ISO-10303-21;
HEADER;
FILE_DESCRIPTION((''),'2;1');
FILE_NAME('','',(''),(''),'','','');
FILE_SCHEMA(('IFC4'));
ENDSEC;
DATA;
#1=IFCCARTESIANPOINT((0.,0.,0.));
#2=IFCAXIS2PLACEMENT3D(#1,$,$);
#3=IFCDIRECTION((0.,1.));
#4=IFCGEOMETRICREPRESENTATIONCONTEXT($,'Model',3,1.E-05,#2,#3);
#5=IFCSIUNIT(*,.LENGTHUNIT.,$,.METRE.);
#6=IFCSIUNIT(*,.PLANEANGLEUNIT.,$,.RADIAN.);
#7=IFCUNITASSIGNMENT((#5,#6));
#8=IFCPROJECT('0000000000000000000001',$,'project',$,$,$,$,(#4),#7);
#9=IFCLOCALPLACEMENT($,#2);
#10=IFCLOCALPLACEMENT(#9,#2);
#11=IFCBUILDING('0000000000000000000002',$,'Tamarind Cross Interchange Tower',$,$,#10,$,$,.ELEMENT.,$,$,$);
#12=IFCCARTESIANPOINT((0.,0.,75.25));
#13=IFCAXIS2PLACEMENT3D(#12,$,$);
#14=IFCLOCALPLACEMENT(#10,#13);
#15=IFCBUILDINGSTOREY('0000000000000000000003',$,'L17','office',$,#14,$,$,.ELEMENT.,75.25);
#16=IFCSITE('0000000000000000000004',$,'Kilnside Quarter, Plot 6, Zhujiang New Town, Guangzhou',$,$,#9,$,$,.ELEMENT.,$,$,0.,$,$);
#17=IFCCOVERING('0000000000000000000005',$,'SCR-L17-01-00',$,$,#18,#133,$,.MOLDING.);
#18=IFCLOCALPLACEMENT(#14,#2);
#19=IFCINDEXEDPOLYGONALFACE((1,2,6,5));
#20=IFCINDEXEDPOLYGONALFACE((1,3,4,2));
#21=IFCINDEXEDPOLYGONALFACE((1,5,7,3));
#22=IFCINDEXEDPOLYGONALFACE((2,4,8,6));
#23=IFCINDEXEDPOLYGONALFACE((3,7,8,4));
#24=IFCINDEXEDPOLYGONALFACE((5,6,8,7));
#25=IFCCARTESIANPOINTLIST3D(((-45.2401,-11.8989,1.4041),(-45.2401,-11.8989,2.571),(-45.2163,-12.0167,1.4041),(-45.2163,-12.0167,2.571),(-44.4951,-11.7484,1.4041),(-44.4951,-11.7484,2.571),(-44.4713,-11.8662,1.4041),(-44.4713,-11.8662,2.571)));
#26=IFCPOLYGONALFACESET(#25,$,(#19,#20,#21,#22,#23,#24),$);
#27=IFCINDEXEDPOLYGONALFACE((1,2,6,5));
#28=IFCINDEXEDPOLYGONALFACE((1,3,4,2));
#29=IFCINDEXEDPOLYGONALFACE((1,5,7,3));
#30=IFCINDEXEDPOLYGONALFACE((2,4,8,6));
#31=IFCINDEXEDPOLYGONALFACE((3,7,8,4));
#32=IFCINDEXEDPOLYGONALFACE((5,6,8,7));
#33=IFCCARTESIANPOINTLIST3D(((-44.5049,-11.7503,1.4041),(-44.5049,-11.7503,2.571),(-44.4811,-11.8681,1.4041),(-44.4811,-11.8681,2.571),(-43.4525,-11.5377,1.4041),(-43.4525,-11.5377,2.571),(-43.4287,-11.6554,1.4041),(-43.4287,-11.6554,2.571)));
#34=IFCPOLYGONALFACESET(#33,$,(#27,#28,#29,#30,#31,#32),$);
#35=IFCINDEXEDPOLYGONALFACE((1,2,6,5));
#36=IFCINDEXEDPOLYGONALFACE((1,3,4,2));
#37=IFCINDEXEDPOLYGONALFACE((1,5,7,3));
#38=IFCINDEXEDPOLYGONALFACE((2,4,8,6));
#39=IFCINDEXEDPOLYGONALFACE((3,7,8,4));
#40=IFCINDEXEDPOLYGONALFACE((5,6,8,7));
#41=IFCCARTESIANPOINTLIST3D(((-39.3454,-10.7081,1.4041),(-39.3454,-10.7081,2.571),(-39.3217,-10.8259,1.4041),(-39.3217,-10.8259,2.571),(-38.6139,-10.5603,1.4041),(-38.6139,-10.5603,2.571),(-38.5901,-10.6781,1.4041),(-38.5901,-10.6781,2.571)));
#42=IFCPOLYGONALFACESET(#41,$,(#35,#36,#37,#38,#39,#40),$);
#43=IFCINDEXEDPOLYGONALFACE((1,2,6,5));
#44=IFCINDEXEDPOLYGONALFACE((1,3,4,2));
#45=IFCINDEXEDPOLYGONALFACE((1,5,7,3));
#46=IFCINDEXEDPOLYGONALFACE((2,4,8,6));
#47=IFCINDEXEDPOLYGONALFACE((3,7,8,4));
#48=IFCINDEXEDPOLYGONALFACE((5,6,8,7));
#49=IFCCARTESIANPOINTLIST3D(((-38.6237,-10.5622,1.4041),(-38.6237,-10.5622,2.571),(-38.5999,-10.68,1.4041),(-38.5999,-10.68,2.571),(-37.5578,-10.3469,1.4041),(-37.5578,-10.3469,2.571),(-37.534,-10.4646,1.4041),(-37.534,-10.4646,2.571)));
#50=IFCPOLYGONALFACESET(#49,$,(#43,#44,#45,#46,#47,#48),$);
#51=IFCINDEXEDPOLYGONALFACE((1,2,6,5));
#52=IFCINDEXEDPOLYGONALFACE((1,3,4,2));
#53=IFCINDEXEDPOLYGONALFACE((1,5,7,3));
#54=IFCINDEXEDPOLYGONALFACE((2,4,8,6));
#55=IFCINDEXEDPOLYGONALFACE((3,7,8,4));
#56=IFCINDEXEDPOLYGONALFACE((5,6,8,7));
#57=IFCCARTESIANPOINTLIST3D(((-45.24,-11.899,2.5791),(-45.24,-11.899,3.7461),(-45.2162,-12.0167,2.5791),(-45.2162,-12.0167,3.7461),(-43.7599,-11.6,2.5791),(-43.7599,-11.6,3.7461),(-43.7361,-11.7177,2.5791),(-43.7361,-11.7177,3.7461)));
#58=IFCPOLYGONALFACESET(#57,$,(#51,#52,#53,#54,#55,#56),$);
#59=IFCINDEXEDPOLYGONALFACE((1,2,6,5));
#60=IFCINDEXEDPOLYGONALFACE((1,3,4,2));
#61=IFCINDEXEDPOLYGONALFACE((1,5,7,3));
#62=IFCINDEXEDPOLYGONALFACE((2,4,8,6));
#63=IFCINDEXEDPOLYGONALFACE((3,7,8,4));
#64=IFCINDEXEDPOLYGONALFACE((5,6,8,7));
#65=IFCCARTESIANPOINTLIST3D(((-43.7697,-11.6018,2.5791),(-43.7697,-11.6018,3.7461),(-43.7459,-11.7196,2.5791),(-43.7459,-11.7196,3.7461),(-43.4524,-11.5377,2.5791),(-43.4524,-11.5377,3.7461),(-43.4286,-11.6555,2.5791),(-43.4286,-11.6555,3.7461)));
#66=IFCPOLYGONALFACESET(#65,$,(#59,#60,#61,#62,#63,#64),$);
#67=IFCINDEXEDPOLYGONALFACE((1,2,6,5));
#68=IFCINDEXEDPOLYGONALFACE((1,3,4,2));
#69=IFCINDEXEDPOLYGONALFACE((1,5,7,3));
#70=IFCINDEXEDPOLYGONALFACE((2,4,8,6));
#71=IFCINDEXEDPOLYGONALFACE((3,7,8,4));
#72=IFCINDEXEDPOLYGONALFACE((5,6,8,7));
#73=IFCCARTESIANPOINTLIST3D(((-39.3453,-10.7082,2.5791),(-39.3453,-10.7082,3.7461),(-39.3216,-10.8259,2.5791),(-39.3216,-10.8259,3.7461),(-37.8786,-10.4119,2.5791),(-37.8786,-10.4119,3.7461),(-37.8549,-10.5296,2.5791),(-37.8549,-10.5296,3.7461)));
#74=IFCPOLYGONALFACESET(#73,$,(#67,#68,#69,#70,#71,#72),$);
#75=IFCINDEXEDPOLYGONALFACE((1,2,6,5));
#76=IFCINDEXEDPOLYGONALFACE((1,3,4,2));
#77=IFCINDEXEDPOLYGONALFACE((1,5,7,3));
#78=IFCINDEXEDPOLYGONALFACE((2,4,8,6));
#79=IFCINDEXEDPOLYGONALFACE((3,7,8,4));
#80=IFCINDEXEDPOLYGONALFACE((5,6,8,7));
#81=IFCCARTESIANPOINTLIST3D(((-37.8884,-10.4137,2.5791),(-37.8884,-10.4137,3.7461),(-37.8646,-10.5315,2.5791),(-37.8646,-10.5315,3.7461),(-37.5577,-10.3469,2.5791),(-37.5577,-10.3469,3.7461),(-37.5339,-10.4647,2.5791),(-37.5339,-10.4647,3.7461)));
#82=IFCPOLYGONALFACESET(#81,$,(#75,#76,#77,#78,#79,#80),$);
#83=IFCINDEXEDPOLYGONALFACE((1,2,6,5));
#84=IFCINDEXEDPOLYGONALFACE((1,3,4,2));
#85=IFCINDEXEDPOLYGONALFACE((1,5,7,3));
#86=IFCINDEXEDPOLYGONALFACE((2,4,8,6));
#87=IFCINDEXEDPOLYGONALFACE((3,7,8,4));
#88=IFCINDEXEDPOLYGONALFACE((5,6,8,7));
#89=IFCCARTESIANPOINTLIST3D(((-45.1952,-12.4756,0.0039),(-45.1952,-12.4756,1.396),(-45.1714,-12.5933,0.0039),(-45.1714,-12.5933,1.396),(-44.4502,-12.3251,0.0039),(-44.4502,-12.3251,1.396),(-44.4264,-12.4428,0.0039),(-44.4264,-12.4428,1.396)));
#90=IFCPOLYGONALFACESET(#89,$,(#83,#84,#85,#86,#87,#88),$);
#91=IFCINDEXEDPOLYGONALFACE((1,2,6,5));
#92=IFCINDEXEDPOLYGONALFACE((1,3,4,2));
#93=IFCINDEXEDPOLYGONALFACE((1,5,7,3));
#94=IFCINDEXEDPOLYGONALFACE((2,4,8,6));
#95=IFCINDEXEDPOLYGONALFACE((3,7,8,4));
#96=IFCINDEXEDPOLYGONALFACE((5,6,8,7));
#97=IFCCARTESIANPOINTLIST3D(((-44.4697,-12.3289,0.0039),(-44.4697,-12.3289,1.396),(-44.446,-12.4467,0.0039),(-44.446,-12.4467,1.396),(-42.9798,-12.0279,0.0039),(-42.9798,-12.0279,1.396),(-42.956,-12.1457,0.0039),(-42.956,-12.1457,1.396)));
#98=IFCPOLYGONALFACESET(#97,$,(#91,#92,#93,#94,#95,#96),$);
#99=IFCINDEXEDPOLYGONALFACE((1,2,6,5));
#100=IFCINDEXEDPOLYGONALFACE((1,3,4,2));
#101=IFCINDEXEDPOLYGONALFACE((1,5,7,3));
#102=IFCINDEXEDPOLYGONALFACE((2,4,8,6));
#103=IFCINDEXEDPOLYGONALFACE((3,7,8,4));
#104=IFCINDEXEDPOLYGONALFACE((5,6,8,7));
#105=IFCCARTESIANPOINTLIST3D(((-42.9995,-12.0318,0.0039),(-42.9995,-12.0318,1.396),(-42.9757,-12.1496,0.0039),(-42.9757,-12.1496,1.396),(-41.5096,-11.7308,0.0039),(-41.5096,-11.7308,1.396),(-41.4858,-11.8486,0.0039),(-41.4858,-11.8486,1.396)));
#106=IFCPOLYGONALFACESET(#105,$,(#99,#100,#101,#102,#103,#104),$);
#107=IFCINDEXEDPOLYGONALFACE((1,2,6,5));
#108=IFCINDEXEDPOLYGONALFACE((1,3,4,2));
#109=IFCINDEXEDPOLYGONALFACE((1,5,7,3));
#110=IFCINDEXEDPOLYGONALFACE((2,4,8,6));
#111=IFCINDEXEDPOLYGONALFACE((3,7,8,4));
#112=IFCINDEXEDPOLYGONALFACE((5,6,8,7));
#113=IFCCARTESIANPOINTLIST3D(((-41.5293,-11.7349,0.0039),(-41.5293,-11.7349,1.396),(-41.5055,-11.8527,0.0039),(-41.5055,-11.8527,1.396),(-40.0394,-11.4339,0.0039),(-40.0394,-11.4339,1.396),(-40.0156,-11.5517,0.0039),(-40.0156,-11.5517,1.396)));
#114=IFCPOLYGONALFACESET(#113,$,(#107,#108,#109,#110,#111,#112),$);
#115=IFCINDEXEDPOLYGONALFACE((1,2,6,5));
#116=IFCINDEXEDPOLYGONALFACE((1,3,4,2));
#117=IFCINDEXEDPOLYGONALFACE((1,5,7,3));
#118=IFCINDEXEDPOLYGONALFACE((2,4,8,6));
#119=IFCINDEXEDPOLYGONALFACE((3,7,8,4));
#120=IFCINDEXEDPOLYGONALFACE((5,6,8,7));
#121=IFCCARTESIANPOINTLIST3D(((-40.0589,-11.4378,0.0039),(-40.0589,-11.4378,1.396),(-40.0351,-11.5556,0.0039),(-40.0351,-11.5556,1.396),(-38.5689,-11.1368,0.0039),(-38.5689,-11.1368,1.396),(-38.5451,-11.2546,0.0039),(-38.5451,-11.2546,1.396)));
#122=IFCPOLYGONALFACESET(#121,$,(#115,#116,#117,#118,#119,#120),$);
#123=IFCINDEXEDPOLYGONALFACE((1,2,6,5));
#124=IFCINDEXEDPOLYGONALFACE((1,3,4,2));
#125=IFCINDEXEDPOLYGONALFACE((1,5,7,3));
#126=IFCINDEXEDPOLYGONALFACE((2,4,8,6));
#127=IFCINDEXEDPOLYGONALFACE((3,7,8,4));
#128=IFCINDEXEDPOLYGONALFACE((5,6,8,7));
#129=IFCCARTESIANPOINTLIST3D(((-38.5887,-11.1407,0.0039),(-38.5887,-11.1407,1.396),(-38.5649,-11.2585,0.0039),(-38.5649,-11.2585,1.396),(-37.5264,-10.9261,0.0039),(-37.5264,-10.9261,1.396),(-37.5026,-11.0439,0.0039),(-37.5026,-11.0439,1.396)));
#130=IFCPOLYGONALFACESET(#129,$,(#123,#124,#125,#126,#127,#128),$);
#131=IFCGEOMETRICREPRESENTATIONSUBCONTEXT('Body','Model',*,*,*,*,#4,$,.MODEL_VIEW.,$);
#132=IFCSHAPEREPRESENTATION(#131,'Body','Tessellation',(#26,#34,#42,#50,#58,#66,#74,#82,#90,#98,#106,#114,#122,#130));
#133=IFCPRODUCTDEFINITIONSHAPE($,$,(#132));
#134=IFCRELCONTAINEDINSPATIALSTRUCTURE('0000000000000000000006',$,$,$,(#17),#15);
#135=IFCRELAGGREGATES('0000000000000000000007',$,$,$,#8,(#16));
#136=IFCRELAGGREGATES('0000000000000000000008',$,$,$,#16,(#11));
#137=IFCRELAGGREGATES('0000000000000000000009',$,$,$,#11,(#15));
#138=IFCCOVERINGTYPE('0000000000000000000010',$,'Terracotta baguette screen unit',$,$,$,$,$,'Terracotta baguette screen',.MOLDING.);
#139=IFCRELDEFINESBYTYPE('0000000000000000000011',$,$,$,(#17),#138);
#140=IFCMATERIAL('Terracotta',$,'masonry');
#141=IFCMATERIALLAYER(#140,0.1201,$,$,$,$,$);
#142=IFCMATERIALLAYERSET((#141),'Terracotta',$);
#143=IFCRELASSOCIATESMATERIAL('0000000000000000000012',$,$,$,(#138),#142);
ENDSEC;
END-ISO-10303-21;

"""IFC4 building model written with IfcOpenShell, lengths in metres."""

from ifc_helpers import new_model, si_unit, direction, frame, origin, origin_2d, place, context, subcontext, project, spatial, rectangle, extrude, material, layer, layer_set, type_object, element, save


model = new_model("IFC4")

# Units and contexts
model_context = context("Model", 3, precision=1e-05, world=origin(), true_north=direction((0.0, 1.0)))
body_context = subcontext(model_context, "Body", "Model", "MODEL_VIEW")
ifc_project = project(units=[si_unit("LENGTHUNIT", "METRE"), si_unit("PLANEANGLEUNIT", "RADIAN")], contexts=[model_context])

# Site, building, storey
site_placement = place(None, origin())
site = spatial("IfcSite", under=ifc_project, at=site_placement, Name="Kilnside Quarter, Plot 6, Zhujiang New Town, Guangzhou", CompositionType="ELEMENT", RefElevation=0.0)
building_placement = place(site_placement, origin())
building = spatial("IfcBuilding", under=site, at=building_placement, Name="Tamarind Cross Interchange Tower", CompositionType="ELEMENT")
storey_placement = place(building_placement, frame((0.0, 0.0, 75.25)))
storey = spatial("IfcBuildingStorey", under=building, at=storey_placement, Name="L17", Description="office", CompositionType="ELEMENT", Elevation=75.25)

# Covering
ifc_material_1 = material(Name="Terracotta", Category="masonry")
ifc_layer_1 = layer(ifc_material_1, 0.1201)
ifc_layer_set_1 = layer_set([ifc_layer_1], Name="Terracotta")
covering_type = type_object("IfcCoveringType", Name="Terracotta baguette screen unit", ElementType="Terracotta baguette screen", PredefinedType="MOLDING", material=ifc_layer_set_1)
covering_1_placement = place(storey_placement, origin())
element("IfcCovering", 1, at=covering_1_placement, inside=storey, type_object=covering_type, Name="SCR-L17-01-00", PredefinedType="MOLDING", context=body_context, shape_type="SweptSolid", body=[
    extrude(rectangle(XDim=0.76, YDim=0.1201, at=origin_2d()), frame((-44.8557, -11.8826, 1.4041), z_axis=(0.0, 0.0, 1.0), x_axis=(0.980197, 0.198023, 0.0)), (0.0, 0.0, 1.0), 1.167),
    extrude(rectangle(XDim=1.0737, YDim=0.1201, at=origin_2d()), frame((-43.9668, -11.7029, 1.4041), z_axis=(0.0, 0.0, 1.0), x_axis=(0.980197, 0.198023, 0.0)), (0.0, 0.0, 1.0), 1.167),
    extrude(rectangle(XDim=0.7463, YDim=0.1201, at=origin_2d()), frame((-38.9678, -10.6931, 1.4041), z_axis=(0.0, 0.0, 1.0), x_axis=(0.980197, 0.198023, 0.0)), (0.0, 0.0, 1.0), 1.167),
    extrude(rectangle(XDim=1.0874, YDim=0.1201, at=origin_2d()), frame((-38.0789, -10.5134, 1.4041), z_axis=(0.0, 0.0, 1.0), x_axis=(0.980197, 0.198023, 0.0)), (0.0, 0.0, 1.0), 1.167),
    extrude(rectangle(XDim=1.51, YDim=0.1201, at=origin_2d()), frame((-44.488, -11.8083, 2.5791), z_axis=(0.0, 0.0, 1.0), x_axis=(0.980197, 0.198023, 0.0)), (0.0, 0.0, 1.0), 1.167),
    extrude(rectangle(XDim=0.3237, YDim=0.1201, at=origin_2d()), frame((-43.5991, -11.6287, 2.5791), z_axis=(0.0, 0.0, 1.0), x_axis=(0.980197, 0.198023, 0.0)), (0.0, 0.0, 1.0), 1.167),
    extrude(rectangle(XDim=1.4963, YDim=0.1201, at=origin_2d()), frame((-38.6001, -10.6189, 2.5791), z_axis=(0.0, 0.0, 1.0), x_axis=(0.980197, 0.198023, 0.0)), (0.0, 0.0, 1.0), 1.167),
    extrude(rectangle(XDim=0.3374, YDim=0.1201, at=origin_2d()), frame((-37.7112, -10.4392, 2.5791), z_axis=(0.0, 0.0, 1.0), x_axis=(0.980197, 0.198023, 0.0)), (0.0, 0.0, 1.0), 1.167),
    extrude(rectangle(XDim=0.76, YDim=0.1201, at=origin_2d()), frame((-44.8108, -12.4592, 0.0039), z_axis=(0.0, 0.0, 1.0), x_axis=(0.980197, 0.198023, 0.0)), (0.0, 0.0, 1.0), 1.3921),
    extrude(rectangle(XDim=1.52, YDim=0.1201, at=origin_2d()), frame((-43.7129, -12.2373, 0.0039), z_axis=(0.0, 0.0, 1.0), x_axis=(0.980197, 0.198023, 0.0)), (0.0, 0.0, 1.0), 1.3921),
    extrude(rectangle(XDim=1.52, YDim=0.1201, at=origin_2d()), frame((-42.2427, -11.9402, 0.0039), z_axis=(0.0, 0.0, 1.0), x_axis=(0.980197, 0.198023, 0.0)), (0.0, 0.0, 1.0), 1.3921),
    extrude(rectangle(XDim=1.52, YDim=0.1201, at=origin_2d()), frame((-40.7725, -11.6433, 0.0039), z_axis=(0.0, 0.0, 1.0), x_axis=(0.980197, 0.198023, 0.0)), (0.0, 0.0, 1.0), 1.3921),
    extrude(rectangle(XDim=1.52, YDim=0.1201, at=origin_2d()), frame((-39.302, -11.3462, 0.0039), z_axis=(0.0, 0.0, 1.0), x_axis=(0.980197, 0.198023, 0.0)), (0.0, 0.0, 1.0), 1.3921),
    extrude(rectangle(XDim=1.0837, YDim=0.1201, at=origin_2d()), frame((-38.0457, -11.0923, 0.0039), z_axis=(0.0, 0.0, 1.0), x_axis=(0.980197, 0.198023, 0.0)), (0.0, 0.0, 1.0), 1.3921),
])

save(model, "model.ifc")
